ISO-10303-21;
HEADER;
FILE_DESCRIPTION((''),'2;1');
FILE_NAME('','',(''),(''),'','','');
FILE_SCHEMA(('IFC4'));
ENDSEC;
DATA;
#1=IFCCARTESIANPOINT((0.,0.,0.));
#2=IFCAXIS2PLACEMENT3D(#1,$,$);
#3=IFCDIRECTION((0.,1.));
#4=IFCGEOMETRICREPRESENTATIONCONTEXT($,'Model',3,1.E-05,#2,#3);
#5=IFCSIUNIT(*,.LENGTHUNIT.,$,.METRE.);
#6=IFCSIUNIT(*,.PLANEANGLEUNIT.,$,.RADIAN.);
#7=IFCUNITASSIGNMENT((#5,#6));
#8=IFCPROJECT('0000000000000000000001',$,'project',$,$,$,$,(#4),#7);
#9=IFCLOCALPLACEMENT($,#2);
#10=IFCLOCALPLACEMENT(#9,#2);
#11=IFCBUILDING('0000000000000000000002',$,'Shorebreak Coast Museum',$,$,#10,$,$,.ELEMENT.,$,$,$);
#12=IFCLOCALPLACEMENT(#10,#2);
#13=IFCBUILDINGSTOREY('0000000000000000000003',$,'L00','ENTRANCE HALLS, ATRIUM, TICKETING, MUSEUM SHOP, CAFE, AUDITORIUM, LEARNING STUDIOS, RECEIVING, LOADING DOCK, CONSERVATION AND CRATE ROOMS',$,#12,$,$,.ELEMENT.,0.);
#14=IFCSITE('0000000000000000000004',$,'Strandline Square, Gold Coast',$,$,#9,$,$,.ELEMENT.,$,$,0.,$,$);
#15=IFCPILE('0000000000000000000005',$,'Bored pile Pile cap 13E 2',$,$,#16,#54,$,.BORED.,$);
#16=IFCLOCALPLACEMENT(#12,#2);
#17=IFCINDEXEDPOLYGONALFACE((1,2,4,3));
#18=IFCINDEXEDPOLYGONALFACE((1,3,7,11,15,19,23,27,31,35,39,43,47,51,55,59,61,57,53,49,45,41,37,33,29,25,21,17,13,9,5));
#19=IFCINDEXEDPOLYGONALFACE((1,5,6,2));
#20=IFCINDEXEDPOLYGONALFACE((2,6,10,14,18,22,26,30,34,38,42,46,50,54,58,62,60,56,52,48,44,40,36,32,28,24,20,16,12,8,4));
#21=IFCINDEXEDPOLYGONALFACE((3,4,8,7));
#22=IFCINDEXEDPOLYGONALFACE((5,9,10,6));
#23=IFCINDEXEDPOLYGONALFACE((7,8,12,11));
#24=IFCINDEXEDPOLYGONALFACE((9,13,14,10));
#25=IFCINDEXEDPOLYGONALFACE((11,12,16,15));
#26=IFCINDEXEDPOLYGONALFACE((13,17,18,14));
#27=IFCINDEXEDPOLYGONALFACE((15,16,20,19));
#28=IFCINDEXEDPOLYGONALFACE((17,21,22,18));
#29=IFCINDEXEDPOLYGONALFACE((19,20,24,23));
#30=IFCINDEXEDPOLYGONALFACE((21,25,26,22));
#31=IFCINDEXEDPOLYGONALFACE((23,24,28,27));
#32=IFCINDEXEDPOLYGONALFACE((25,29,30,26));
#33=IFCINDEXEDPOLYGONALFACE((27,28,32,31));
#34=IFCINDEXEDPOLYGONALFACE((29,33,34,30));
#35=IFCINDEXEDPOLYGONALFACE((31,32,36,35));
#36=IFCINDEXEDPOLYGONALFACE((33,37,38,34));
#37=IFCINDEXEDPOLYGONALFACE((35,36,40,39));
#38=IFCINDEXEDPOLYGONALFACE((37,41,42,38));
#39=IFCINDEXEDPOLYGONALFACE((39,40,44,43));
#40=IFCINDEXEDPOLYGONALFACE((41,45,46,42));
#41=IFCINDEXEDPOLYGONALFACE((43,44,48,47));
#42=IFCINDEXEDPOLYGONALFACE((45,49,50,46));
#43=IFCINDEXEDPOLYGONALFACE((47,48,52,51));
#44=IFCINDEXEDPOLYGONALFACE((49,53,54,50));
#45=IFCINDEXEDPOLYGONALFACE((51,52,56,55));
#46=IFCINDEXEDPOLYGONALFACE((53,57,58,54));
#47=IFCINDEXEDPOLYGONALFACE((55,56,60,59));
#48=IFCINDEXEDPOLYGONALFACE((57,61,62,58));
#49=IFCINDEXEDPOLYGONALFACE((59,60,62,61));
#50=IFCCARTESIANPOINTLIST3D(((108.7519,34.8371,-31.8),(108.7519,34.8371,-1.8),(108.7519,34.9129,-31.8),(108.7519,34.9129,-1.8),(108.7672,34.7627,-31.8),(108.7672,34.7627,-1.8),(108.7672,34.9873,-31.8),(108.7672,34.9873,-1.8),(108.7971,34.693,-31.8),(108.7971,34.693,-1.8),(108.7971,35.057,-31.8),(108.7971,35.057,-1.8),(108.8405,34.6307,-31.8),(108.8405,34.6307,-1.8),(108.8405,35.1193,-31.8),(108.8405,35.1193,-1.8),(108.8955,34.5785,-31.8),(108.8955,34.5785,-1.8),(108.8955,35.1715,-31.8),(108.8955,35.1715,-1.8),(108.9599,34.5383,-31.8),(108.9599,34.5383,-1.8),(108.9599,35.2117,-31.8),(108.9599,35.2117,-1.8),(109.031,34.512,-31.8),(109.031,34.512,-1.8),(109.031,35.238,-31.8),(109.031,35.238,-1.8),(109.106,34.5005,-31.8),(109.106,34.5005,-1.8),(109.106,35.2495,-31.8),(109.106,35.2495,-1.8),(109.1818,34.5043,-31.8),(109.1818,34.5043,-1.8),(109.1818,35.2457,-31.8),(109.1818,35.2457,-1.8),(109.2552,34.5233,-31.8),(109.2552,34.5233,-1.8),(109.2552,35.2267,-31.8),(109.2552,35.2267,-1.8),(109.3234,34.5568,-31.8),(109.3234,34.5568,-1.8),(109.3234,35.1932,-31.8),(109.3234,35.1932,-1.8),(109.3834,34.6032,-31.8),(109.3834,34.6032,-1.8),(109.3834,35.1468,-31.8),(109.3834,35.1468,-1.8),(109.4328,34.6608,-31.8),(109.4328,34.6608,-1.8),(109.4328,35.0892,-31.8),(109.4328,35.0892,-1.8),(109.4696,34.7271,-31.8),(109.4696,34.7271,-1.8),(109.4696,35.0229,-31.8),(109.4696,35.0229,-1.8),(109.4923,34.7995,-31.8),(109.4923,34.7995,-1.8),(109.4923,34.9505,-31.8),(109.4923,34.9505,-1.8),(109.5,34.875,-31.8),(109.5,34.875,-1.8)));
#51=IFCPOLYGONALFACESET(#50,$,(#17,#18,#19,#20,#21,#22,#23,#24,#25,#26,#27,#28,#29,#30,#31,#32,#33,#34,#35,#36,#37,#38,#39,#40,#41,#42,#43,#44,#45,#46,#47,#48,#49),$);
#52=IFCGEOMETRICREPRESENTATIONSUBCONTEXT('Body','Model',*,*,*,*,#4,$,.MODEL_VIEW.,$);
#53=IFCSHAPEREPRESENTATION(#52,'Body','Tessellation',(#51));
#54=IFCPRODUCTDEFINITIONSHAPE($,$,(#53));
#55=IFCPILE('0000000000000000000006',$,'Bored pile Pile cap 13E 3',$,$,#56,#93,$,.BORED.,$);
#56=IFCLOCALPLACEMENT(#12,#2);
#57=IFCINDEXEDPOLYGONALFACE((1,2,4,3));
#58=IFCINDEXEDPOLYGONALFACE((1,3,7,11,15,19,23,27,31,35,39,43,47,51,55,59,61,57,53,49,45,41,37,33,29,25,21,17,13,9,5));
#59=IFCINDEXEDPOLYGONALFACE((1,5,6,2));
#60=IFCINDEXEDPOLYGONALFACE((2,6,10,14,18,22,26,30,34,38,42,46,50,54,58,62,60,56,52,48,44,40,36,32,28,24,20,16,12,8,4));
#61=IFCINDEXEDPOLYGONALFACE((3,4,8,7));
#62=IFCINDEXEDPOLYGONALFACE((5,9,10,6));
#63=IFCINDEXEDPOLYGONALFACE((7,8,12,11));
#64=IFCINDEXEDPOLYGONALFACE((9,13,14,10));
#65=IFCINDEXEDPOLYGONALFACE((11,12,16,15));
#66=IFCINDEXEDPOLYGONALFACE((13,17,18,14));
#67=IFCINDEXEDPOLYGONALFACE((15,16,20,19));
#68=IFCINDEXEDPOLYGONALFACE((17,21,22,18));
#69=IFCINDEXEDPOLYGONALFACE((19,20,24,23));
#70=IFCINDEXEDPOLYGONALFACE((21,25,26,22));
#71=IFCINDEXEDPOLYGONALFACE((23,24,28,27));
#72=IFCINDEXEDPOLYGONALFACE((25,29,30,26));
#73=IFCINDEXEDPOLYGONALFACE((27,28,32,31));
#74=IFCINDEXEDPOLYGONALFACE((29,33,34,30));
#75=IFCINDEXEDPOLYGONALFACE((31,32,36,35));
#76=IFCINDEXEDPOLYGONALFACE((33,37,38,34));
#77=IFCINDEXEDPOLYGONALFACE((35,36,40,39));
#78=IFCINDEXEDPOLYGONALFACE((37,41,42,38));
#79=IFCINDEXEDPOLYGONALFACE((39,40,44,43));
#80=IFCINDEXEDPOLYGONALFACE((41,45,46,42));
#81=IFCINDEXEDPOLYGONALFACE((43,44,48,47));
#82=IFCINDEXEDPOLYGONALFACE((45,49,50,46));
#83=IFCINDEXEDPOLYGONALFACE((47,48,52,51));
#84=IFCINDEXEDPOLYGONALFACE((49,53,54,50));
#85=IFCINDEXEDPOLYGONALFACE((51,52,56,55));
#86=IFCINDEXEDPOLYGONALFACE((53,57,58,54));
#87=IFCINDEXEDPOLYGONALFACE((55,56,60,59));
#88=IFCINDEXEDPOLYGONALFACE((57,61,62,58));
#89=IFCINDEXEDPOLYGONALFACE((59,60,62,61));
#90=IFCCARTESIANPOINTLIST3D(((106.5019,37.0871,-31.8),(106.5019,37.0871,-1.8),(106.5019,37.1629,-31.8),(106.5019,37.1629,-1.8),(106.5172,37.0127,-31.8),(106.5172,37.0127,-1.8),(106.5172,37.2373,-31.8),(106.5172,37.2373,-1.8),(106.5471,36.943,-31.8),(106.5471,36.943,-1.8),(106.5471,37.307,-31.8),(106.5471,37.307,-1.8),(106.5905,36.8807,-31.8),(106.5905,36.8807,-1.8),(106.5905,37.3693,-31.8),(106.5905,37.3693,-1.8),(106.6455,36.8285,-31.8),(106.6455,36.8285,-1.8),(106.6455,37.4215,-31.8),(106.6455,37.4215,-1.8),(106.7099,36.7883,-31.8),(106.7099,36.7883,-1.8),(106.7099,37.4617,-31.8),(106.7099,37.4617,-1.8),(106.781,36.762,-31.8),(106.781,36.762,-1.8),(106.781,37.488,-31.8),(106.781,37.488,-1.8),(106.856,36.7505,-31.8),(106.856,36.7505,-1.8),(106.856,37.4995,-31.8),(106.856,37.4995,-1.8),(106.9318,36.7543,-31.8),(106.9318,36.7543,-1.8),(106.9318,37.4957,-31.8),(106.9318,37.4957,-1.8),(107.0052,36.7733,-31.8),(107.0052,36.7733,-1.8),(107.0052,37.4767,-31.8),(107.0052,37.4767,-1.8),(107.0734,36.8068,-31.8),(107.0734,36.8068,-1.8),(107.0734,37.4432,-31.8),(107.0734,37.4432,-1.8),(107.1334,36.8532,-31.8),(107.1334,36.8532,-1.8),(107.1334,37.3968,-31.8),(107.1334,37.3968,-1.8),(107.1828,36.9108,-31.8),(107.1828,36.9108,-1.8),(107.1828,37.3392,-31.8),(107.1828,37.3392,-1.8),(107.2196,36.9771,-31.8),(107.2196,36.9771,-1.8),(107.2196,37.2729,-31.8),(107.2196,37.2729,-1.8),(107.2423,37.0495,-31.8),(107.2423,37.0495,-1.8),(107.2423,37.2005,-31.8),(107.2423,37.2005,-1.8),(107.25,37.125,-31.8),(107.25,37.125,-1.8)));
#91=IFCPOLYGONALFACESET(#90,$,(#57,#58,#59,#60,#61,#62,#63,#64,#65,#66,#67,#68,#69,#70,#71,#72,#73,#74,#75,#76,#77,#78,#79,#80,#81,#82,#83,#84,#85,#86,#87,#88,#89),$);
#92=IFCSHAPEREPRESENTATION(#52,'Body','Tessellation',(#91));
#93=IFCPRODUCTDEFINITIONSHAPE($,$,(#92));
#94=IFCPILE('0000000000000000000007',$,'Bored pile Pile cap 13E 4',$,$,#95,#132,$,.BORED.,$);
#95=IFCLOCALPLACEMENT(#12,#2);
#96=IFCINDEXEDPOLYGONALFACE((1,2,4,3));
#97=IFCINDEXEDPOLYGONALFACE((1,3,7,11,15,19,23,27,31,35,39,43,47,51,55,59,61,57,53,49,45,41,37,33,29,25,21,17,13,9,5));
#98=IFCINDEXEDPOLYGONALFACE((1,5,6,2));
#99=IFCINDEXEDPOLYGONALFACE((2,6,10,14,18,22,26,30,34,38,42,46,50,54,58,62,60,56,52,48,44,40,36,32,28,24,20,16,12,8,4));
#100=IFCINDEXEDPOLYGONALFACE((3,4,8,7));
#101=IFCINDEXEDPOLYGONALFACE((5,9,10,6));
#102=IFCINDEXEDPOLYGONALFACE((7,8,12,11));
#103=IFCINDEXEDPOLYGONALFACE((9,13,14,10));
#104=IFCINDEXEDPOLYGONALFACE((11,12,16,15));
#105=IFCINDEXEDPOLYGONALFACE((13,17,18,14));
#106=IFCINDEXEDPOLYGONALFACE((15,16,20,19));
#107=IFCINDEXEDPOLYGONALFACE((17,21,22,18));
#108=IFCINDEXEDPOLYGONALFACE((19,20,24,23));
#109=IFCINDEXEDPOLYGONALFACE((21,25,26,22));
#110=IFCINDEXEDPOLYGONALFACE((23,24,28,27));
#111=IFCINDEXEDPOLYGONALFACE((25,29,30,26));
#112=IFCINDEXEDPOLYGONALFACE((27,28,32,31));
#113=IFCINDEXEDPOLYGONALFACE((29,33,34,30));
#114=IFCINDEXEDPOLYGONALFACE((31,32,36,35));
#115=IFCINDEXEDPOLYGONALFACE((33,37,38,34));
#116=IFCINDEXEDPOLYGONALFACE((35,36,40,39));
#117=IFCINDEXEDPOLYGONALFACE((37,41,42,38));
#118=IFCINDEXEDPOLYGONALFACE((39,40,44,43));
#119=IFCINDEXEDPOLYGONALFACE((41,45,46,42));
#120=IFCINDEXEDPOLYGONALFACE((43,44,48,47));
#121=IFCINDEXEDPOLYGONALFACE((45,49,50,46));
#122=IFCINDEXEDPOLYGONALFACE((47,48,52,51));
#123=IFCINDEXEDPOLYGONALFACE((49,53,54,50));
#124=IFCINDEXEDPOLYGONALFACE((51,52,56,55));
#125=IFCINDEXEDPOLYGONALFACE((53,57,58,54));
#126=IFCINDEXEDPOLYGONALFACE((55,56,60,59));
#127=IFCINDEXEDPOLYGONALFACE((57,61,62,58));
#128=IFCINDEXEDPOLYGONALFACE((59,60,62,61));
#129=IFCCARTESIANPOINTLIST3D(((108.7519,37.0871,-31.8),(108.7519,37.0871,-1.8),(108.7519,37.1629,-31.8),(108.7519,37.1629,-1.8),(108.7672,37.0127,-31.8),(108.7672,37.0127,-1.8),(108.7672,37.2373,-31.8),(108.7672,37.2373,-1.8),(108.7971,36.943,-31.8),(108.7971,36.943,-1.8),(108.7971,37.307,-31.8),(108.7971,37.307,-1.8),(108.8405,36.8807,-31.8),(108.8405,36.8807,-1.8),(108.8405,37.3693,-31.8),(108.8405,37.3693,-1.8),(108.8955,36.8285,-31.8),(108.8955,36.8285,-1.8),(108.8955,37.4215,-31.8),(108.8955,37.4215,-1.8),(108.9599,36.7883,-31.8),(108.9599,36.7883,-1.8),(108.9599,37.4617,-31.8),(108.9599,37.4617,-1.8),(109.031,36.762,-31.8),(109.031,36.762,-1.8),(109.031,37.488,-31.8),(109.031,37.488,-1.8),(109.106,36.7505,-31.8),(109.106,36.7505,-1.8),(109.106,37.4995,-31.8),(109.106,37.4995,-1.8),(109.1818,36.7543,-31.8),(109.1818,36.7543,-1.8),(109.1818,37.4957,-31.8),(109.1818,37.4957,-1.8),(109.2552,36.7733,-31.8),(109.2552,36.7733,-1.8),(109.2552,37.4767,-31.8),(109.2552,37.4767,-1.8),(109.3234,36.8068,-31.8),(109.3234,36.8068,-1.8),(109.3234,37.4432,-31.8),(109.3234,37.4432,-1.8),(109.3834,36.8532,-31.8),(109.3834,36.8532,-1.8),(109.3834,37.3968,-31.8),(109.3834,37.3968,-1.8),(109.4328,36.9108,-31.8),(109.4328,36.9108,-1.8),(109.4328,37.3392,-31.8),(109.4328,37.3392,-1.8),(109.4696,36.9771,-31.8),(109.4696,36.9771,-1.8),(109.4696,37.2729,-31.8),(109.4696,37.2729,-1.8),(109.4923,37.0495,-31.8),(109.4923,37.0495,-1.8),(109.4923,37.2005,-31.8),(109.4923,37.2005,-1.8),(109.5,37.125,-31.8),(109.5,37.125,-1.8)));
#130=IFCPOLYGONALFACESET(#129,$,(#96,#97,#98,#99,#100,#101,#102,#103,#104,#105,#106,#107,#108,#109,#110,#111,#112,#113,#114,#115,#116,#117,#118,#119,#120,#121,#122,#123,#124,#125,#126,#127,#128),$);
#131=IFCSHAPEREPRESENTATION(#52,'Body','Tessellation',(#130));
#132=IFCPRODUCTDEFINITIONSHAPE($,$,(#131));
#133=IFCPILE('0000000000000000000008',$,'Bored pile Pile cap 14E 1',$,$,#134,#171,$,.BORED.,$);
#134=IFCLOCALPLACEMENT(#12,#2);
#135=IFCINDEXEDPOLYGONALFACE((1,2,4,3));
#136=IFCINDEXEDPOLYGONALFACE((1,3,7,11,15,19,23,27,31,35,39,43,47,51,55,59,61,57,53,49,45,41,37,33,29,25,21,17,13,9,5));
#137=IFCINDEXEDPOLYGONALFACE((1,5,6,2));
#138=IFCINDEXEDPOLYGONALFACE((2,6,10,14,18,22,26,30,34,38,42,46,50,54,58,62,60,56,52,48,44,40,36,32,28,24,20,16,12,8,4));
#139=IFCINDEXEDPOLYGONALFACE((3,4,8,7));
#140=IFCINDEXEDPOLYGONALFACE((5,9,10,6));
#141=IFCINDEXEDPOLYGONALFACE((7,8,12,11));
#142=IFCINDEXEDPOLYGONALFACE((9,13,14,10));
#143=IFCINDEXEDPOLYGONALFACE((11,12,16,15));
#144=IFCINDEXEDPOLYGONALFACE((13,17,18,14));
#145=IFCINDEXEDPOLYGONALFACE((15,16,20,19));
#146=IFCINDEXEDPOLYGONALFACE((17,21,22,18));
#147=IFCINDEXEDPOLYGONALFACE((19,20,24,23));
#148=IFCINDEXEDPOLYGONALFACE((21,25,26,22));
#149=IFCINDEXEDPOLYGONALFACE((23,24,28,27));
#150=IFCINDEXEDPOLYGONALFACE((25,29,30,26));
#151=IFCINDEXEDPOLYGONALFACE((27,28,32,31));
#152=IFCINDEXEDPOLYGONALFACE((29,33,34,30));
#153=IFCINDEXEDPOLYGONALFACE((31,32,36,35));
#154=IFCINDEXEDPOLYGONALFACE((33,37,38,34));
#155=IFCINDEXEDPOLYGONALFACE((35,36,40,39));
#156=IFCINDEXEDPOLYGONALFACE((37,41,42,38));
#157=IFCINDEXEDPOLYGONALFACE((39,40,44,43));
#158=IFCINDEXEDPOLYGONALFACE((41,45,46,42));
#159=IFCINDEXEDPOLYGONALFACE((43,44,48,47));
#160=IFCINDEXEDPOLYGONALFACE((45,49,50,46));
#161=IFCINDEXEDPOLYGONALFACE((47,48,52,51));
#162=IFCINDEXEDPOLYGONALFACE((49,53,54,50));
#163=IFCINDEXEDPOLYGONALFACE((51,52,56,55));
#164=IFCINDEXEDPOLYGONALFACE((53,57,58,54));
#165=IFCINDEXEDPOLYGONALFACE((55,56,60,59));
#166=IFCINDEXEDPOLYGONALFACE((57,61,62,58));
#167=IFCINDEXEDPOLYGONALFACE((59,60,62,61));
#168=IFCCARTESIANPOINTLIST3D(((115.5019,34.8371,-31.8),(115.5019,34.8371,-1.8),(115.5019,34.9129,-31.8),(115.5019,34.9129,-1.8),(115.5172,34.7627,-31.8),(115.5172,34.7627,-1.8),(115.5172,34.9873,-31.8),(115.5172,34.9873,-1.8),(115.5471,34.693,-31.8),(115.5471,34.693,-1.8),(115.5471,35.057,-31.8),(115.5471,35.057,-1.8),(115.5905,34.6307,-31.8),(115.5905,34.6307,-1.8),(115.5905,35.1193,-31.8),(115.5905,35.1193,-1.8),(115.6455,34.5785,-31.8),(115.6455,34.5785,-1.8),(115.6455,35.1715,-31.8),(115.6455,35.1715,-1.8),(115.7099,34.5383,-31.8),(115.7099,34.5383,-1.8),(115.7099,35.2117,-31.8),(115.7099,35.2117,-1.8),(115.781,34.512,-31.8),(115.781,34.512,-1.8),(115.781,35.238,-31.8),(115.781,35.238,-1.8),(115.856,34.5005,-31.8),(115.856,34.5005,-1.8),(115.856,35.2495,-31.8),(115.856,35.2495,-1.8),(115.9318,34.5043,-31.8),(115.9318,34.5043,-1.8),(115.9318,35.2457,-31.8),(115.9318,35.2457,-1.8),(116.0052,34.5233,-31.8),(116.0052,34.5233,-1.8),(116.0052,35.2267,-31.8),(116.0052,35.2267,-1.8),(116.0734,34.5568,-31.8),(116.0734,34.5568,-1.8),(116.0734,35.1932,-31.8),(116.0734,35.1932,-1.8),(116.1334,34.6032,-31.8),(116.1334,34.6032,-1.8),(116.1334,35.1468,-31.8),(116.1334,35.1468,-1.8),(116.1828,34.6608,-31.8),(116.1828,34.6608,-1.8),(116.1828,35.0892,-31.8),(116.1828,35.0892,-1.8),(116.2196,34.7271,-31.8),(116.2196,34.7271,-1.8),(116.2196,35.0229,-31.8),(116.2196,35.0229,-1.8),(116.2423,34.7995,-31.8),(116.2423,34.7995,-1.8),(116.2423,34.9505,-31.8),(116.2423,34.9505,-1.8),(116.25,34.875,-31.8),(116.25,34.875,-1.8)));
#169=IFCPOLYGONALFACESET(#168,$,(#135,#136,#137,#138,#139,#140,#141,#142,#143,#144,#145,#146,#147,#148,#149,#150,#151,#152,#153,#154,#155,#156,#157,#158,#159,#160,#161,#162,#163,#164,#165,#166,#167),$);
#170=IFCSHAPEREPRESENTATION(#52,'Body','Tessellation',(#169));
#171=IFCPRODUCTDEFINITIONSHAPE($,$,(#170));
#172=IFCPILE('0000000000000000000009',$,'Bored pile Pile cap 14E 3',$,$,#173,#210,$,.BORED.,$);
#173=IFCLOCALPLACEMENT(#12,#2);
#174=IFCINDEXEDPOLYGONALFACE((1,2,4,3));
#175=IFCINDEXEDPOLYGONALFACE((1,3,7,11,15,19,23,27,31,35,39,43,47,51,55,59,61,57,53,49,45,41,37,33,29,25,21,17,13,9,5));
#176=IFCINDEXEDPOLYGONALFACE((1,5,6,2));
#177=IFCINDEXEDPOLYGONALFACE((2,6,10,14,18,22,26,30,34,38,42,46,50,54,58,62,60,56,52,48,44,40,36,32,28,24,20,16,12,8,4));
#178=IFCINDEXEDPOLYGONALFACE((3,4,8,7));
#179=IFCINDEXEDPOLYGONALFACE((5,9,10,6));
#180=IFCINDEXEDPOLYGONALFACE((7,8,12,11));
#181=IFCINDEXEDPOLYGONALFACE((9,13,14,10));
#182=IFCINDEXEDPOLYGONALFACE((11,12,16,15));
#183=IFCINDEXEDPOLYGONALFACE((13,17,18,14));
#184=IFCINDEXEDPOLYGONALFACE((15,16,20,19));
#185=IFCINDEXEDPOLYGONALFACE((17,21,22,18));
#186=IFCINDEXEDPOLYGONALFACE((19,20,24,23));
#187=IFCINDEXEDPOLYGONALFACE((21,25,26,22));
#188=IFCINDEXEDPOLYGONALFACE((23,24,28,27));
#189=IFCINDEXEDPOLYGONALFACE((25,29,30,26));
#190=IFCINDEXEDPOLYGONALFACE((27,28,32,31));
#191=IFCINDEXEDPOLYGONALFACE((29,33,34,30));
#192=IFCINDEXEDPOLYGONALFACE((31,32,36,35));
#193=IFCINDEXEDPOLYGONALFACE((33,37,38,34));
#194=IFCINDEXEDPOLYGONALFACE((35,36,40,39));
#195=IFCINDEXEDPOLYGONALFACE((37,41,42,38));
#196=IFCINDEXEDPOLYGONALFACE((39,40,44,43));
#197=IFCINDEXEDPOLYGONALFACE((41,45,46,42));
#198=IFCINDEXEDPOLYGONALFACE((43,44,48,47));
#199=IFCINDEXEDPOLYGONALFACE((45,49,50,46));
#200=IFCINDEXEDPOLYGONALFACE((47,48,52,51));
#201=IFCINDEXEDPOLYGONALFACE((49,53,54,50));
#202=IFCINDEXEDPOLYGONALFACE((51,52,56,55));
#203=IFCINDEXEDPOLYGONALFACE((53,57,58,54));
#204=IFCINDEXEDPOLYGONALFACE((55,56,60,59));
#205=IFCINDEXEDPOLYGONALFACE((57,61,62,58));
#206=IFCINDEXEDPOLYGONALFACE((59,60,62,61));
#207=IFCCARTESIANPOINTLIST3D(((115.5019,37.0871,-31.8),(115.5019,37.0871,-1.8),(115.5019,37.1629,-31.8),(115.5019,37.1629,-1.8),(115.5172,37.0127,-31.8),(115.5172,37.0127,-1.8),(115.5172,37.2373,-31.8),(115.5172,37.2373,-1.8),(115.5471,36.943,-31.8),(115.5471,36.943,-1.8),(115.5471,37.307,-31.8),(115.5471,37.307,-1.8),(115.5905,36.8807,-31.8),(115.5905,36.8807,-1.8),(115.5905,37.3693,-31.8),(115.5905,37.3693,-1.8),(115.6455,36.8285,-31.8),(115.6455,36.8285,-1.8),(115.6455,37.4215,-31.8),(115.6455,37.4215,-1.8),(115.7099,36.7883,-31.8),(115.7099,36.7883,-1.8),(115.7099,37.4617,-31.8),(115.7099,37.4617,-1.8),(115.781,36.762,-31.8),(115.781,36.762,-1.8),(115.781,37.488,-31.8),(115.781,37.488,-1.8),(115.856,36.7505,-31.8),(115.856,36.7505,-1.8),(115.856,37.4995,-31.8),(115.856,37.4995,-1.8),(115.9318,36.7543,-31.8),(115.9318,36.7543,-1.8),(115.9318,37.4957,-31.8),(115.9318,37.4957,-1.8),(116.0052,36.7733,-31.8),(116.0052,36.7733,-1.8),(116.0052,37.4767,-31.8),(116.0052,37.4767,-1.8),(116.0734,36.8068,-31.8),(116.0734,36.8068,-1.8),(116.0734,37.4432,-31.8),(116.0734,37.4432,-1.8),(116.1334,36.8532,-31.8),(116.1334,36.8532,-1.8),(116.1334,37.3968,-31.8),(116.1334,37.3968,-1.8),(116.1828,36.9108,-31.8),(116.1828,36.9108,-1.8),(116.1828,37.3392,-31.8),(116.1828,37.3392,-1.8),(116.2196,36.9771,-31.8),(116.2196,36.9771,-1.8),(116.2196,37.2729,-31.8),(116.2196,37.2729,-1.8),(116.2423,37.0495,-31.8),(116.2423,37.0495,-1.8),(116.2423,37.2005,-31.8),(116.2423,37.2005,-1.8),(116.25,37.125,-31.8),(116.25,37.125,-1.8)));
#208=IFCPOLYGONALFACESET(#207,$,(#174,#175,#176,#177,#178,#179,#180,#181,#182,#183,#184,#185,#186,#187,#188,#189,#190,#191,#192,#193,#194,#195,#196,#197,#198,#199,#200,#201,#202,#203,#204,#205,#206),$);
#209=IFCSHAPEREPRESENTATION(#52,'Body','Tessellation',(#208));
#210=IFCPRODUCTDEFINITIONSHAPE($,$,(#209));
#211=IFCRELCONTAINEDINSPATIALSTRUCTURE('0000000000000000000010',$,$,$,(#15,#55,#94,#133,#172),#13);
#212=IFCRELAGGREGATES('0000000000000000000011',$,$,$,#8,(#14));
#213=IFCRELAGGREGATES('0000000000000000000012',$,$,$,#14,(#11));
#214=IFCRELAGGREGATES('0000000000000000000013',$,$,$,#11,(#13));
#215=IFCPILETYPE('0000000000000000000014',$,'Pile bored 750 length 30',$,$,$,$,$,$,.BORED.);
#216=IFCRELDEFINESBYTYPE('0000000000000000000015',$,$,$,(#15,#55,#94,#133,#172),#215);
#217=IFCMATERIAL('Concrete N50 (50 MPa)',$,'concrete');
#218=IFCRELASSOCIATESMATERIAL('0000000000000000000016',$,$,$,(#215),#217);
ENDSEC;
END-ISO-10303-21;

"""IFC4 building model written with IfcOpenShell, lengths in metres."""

from ifc_helpers import new_model, si_unit, direction, frame, origin, origin_2d, place, context, subcontext, project, spatial, circle, extrude, material, material_profile, profile_set, type_object, element, save


model = new_model("IFC4")

# Units and contexts
model_context = context("Model", 3, precision=1e-05, world=origin(), true_north=direction((0.0, 1.0)))
body_context = subcontext(model_context, "Body", "Model", "MODEL_VIEW")
ifc_project = project(units=[si_unit("LENGTHUNIT", "METRE"), si_unit("PLANEANGLEUNIT", "RADIAN")], contexts=[model_context])

# Site, building, storey
site_placement = place(None, origin())
site = spatial("IfcSite", under=ifc_project, at=site_placement, Name="Strandline Square, Gold Coast", CompositionType="ELEMENT", RefElevation=0.0)
building_placement = place(site_placement, origin())
building = spatial("IfcBuilding", under=site, at=building_placement, Name="Shorebreak Coast Museum", CompositionType="ELEMENT")
storey_placement = place(building_placement, origin())
storey = spatial("IfcBuildingStorey", under=building, at=storey_placement, Name="L00", Description="ENTRANCE HALLS, ATRIUM, TICKETING, MUSEUM SHOP, CAFE, AUDITORIUM, LEARNING STUDIOS, RECEIVING, LOADING DOCK, CONSERVATION AND CRATE ROOMS", CompositionType="ELEMENT", Elevation=0.0)

# Piles
ifc_material_1 = material(Name="Concrete N50 (50 MPa)", Category="concrete")
ifc_material_profile_1 = material_profile(ifc_material_1, circle(Radius=0.375, at=origin_2d()), Name="Pile bored 750 length 30")
ifc_profile_set_1 = profile_set([ifc_material_profile_1], Name="Concrete N50 (50 MPa)")
pile_type_1 = type_object("IfcPileType", Name="Pile bored 750 length 30", PredefinedType="BORED", material=ifc_profile_set_1)
for number, where, z_axis, x_axis, name in (
    (1, (109.125, 34.875, -1.8), (0.0, 0.0, -1.0), (1.0, 0.0, 0.0), "Bored pile Pile cap 13E 2"),
    (2, (106.875, 37.125, -1.8), (0.0, 0.0, -1.0), (1.0, 0.0, 0.0), "Bored pile Pile cap 13E 3"),
    (3, (109.125, 37.125, -1.8), (0.0, 0.0, -1.0), (1.0, 0.0, 0.0), "Bored pile Pile cap 13E 4"),
    (4, (115.875, 34.875, -1.8), (0.0, 0.0, -1.0), (1.0, 0.0, 0.0), "Bored pile Pile cap 14E 1"),
    (5, (115.875, 37.125, -1.8), (0.0, 0.0, -1.0), (1.0, 0.0, 0.0), "Bored pile Pile cap 14E 3"),
):
    element("IfcPile", number, at=place(storey_placement, frame(where, z_axis=z_axis, x_axis=x_axis)), inside=storey, type_object=pile_type_1, Name=name, PredefinedType="BORED", context=body_context, shape_type="SweptSolid", body=[
        extrude(circle(Radius=0.375, at=origin_2d()), origin(), (0.0, 0.0, 1.0), 30.0),
    ])

save(model, "model.ifc")
